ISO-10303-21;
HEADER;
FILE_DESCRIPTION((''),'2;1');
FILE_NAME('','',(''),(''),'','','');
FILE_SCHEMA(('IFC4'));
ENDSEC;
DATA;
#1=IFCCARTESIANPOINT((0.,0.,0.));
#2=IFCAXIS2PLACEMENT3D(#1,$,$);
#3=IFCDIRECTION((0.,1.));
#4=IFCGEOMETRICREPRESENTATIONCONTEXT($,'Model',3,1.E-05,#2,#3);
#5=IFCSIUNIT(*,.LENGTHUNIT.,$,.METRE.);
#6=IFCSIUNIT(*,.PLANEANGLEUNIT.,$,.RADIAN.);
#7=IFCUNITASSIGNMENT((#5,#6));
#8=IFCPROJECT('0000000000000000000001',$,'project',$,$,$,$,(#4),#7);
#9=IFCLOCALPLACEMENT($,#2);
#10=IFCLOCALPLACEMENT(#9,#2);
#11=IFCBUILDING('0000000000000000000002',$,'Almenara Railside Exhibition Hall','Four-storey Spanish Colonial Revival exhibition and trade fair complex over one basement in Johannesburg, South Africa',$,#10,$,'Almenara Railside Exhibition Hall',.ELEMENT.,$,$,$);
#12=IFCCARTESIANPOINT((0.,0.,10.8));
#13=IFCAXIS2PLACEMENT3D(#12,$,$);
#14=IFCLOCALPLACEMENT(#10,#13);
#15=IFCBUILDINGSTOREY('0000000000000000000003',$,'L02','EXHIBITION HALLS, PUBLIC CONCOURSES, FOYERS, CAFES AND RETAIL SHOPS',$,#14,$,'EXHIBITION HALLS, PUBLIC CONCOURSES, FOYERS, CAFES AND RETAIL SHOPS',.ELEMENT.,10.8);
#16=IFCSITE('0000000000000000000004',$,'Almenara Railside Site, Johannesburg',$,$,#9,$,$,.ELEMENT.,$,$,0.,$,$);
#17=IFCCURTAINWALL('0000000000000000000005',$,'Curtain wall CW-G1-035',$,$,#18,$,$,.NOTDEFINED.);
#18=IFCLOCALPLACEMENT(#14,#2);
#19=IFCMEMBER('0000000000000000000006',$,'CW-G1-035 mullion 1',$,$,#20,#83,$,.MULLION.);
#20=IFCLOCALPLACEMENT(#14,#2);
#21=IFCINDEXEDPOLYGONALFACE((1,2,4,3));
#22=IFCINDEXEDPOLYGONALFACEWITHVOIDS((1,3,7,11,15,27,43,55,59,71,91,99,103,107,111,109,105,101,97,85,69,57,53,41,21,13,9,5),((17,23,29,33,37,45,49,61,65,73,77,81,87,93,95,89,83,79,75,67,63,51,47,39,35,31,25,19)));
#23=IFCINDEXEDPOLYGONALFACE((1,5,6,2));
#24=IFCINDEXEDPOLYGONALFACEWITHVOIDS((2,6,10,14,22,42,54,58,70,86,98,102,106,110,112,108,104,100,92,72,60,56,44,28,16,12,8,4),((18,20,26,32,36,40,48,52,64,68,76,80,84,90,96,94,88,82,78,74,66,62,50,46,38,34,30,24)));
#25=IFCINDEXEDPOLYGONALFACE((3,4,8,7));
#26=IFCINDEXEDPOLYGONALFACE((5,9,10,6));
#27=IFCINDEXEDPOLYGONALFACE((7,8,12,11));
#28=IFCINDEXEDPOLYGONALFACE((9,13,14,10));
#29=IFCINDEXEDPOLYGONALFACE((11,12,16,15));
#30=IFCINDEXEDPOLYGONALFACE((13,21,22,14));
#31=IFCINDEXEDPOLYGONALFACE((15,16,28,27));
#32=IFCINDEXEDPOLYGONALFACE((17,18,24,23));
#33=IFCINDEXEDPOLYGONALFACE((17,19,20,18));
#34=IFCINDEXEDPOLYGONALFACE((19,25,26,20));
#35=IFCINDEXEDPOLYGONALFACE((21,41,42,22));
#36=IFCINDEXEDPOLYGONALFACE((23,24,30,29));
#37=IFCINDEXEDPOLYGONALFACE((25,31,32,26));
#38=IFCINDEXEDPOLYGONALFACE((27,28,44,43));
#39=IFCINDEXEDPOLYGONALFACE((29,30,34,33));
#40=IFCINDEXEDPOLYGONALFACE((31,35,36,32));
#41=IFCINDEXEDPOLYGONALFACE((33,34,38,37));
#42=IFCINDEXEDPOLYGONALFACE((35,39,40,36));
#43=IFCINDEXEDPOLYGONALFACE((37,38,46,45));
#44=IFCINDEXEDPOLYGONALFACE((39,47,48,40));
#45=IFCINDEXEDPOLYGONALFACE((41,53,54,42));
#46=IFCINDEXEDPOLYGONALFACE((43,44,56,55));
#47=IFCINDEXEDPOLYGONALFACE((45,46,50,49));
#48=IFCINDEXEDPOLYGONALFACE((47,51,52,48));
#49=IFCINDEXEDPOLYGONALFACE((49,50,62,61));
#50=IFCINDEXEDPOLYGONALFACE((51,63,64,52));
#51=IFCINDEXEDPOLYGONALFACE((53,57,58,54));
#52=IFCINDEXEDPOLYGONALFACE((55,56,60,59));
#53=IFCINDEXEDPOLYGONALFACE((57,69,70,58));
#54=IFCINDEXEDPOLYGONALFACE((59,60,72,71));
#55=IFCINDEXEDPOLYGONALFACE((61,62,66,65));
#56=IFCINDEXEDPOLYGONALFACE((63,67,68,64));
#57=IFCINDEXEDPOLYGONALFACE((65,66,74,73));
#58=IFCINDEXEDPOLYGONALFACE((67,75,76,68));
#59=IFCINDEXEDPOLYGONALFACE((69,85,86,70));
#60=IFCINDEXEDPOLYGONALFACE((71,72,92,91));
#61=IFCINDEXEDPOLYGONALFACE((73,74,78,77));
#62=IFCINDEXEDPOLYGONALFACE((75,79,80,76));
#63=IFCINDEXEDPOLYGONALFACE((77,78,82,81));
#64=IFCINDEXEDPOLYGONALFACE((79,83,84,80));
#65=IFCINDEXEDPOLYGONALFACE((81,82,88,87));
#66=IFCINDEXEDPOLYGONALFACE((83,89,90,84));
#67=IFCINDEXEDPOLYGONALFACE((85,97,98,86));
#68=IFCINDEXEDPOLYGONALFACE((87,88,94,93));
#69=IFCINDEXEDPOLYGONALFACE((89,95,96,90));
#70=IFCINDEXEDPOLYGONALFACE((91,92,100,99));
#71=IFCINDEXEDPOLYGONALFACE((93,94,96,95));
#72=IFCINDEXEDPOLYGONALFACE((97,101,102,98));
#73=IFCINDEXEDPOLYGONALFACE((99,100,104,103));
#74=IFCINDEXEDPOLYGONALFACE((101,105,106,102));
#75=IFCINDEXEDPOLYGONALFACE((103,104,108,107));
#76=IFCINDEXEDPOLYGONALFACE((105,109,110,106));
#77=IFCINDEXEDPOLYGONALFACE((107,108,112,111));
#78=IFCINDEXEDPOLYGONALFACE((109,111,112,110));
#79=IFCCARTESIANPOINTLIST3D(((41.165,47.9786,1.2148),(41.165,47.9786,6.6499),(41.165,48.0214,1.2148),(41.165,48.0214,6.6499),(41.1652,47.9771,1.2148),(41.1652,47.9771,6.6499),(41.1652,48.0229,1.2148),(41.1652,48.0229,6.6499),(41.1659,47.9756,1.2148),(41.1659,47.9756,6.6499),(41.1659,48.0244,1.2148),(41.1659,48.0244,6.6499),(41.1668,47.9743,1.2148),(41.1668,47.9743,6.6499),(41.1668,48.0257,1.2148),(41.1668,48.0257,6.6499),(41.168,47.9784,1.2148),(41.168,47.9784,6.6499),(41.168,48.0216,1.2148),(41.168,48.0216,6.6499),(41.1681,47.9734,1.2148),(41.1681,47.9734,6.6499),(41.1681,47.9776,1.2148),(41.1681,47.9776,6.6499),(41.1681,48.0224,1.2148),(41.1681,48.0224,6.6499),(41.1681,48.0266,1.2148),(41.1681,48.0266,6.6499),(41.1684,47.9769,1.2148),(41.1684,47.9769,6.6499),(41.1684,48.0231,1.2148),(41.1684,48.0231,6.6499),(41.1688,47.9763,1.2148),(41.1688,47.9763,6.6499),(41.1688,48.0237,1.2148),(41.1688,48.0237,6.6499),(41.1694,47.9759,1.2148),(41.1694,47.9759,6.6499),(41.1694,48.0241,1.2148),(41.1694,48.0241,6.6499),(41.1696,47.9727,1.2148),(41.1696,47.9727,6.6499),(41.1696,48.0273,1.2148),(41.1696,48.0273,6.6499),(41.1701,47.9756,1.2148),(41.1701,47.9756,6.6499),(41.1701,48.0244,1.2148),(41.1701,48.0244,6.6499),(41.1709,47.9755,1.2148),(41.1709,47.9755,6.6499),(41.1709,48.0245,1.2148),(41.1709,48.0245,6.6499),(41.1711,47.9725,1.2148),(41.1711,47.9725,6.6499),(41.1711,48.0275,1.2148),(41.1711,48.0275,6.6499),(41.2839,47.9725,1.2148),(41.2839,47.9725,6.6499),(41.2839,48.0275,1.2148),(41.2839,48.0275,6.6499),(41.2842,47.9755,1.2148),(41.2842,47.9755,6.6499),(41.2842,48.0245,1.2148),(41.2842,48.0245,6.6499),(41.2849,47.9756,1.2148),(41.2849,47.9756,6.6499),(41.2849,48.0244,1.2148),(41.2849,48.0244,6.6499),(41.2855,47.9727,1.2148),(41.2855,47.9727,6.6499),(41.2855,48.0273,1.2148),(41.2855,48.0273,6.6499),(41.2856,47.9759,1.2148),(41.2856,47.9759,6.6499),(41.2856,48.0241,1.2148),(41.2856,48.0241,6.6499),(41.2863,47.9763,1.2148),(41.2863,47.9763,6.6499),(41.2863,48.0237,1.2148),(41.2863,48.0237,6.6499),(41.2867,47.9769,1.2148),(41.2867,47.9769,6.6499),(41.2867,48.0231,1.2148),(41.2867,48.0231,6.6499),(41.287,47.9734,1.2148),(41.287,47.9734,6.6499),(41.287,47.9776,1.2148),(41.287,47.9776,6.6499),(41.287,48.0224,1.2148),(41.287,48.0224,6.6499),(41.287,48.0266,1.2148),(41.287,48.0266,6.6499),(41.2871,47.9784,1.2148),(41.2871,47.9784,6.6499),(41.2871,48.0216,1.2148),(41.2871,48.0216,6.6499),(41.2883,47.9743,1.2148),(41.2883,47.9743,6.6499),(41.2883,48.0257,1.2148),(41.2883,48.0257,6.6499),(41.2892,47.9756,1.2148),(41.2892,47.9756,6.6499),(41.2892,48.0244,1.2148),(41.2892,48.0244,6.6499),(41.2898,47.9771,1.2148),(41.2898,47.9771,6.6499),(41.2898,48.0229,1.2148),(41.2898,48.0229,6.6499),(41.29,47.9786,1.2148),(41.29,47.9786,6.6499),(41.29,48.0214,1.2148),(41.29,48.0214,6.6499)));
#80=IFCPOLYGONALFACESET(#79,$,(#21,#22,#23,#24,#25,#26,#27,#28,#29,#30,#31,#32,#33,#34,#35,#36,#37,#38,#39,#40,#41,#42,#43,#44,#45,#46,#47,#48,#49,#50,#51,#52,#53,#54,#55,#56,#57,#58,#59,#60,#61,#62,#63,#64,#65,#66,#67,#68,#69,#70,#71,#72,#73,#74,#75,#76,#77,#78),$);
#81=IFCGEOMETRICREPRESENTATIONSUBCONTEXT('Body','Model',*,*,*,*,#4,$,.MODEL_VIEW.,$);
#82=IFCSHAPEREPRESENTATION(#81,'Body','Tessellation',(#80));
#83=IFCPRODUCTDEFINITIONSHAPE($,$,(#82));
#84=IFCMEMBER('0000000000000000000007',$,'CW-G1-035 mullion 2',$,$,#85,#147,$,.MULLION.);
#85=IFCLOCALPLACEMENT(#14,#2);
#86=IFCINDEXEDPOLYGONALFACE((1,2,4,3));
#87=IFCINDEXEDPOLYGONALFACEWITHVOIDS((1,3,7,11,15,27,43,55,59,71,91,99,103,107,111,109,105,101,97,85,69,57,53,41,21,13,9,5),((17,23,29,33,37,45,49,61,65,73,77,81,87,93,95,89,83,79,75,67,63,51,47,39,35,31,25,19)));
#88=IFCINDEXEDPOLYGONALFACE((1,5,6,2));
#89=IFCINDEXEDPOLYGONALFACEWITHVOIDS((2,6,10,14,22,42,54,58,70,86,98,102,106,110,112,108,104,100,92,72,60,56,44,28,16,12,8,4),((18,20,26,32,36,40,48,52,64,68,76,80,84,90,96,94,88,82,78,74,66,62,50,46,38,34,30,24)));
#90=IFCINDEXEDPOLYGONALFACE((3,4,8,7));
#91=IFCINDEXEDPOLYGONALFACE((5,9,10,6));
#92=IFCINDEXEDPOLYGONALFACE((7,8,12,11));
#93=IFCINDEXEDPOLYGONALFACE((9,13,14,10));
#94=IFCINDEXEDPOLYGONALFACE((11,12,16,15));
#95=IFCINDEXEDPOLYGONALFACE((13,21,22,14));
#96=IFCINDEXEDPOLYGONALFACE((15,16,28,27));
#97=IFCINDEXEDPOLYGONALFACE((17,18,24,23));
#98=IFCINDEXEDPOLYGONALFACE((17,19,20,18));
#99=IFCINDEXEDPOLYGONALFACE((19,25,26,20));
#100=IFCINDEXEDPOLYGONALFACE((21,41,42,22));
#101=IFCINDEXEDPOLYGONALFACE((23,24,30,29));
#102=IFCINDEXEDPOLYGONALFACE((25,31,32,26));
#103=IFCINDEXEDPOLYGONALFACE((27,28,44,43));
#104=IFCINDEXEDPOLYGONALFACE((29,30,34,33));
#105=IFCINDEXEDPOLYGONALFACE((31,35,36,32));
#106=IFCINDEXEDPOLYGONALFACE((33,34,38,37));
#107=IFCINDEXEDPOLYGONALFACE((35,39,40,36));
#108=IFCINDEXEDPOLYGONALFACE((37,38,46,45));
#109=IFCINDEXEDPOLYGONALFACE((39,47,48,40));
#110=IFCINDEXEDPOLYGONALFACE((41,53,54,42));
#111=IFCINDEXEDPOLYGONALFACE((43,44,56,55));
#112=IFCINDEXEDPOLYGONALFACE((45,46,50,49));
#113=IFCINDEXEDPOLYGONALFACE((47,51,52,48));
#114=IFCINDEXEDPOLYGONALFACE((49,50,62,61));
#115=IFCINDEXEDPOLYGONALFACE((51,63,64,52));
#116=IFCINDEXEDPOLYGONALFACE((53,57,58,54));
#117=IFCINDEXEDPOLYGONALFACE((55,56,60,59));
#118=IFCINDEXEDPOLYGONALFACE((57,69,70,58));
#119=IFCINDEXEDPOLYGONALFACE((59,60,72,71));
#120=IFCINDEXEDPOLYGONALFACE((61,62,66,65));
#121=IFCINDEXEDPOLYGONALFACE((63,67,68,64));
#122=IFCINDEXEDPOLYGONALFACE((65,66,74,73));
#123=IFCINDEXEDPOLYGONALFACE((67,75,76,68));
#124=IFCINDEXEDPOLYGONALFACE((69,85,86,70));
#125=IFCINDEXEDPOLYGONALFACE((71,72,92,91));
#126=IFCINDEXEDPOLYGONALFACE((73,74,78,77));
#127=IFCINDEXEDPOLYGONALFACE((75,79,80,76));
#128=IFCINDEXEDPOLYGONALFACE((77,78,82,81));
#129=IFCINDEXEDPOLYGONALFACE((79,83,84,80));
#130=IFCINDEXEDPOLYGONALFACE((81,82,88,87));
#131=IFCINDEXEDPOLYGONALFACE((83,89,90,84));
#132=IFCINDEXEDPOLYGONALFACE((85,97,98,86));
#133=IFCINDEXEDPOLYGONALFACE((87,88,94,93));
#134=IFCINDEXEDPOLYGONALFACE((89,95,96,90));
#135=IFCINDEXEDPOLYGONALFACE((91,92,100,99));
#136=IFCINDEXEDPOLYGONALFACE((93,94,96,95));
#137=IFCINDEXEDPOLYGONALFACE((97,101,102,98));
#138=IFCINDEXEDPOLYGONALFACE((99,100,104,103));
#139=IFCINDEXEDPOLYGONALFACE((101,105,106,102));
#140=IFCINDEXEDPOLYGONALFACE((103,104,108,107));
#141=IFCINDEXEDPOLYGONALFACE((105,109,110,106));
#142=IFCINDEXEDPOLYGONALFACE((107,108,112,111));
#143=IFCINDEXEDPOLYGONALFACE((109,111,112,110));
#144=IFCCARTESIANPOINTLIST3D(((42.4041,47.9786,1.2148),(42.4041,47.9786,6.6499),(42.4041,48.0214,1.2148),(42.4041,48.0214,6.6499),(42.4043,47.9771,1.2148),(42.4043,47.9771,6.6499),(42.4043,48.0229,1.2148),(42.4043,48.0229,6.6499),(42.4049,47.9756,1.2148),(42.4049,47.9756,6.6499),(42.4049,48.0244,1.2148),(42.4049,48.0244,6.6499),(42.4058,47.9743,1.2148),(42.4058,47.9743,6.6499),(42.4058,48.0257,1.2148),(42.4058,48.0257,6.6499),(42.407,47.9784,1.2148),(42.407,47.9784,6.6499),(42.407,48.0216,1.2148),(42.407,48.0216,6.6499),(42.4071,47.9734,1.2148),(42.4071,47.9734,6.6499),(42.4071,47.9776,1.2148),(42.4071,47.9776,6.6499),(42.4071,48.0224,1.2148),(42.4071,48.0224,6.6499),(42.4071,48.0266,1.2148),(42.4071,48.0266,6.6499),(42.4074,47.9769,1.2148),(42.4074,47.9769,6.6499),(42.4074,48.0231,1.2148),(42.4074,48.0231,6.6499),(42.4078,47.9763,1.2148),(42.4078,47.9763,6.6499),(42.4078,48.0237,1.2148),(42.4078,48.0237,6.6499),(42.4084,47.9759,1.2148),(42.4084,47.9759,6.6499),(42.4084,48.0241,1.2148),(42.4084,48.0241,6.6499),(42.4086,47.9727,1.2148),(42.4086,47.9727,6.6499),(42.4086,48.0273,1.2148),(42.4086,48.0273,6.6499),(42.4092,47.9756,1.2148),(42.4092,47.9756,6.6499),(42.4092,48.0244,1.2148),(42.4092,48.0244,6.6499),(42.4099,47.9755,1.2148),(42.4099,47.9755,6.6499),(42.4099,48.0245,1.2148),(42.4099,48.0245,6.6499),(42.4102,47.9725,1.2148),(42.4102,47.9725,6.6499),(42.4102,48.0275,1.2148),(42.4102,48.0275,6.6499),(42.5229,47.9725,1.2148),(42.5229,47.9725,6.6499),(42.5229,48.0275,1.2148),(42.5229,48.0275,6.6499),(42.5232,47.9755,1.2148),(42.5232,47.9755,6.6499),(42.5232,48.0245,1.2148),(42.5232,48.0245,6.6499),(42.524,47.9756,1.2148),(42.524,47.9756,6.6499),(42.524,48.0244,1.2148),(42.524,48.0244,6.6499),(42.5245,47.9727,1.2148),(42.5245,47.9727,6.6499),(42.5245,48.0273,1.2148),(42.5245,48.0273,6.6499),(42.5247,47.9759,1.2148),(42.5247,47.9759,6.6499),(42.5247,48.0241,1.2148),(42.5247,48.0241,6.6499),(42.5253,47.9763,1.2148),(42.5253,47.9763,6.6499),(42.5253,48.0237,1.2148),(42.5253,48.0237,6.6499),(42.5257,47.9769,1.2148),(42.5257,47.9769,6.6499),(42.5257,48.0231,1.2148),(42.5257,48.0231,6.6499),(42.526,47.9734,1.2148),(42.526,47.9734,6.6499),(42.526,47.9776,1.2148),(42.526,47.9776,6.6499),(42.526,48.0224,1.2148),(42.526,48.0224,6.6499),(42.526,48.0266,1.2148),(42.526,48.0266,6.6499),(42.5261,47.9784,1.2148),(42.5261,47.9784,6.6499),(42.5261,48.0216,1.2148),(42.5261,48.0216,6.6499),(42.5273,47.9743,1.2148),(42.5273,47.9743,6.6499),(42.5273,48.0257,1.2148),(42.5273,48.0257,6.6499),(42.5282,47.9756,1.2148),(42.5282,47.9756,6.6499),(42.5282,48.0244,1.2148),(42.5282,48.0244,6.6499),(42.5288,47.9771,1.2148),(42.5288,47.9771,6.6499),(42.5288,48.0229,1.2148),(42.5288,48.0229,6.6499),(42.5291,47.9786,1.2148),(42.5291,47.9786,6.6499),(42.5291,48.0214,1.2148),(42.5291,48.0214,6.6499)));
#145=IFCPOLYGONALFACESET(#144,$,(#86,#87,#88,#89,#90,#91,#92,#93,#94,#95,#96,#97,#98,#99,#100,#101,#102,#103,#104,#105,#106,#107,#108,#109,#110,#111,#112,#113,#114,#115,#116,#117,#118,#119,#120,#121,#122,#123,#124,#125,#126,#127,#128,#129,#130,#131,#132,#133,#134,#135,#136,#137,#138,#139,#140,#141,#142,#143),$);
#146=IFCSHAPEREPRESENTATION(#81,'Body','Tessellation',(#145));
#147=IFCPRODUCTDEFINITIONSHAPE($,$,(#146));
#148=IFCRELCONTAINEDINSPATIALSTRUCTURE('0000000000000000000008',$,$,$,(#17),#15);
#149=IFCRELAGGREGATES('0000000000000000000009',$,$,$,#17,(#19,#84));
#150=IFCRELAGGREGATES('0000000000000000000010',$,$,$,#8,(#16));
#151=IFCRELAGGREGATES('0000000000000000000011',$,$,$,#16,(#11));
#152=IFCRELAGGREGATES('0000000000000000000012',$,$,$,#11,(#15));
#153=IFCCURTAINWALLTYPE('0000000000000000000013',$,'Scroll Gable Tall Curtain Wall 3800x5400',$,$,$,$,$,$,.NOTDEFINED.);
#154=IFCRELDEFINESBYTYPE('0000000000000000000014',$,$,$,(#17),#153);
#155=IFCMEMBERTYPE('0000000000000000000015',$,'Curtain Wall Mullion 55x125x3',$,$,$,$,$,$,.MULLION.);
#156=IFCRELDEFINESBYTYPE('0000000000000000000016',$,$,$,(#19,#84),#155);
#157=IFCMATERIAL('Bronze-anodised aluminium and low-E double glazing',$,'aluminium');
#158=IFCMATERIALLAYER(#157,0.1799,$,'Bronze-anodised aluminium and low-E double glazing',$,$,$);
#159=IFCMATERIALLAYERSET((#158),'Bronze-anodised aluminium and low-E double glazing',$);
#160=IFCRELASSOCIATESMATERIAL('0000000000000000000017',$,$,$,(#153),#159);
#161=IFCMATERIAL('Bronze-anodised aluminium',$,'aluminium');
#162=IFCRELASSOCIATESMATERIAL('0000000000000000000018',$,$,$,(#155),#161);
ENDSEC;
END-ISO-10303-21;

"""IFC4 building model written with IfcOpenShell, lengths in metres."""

from ifc_helpers import new_model, si_unit, direction, frame, origin, origin_2d, place, context, subcontext, project, spatial, hollow_rectangle, extrude, material, layer, layer_set, material_profile, profile_set, type_object, element, aggregate, save


model = new_model("IFC4")

# Units and contexts
model_context = context("Model", 3, precision=1e-05, world=origin(), true_north=direction((0.0, 1.0)))
body_context = subcontext(model_context, "Body", "Model", "MODEL_VIEW")
ifc_project = project(units=[si_unit("LENGTHUNIT", "METRE"), si_unit("PLANEANGLEUNIT", "RADIAN")], contexts=[model_context])

# Site, building, storey
site_placement = place(None, origin())
site = spatial("IfcSite", under=ifc_project, at=site_placement, Name="Almenara Railside Site, Johannesburg", CompositionType="ELEMENT", RefElevation=0.0)
building_placement = place(site_placement, origin())
building = spatial("IfcBuilding", under=site, at=building_placement, Name="Almenara Railside Exhibition Hall", Description="Four-storey Spanish Colonial Revival exhibition and trade fair complex over one basement in Johannesburg, South Africa", LongName="Almenara Railside Exhibition Hall", CompositionType="ELEMENT")
storey_placement = place(building_placement, frame((0.0, 0.0, 10.8)))
storey = spatial("IfcBuildingStorey", under=building, at=storey_placement, Name="L02", Description="EXHIBITION HALLS, PUBLIC CONCOURSES, FOYERS, CAFES AND RETAIL SHOPS", LongName="EXHIBITION HALLS, PUBLIC CONCOURSES, FOYERS, CAFES AND RETAIL SHOPS", CompositionType="ELEMENT", Elevation=10.8)

# Curtain wall, members
ifc_material_1 = material(Name="Bronze-anodised aluminium and low-E double glazing", Category="aluminium")
ifc_layer_1 = layer(ifc_material_1, 0.1799, Name="Bronze-anodised aluminium and low-E double glazing")
ifc_layer_set_1 = layer_set([ifc_layer_1], Name="Bronze-anodised aluminium and low-E double glazing")
curtain_wall_type = type_object("IfcCurtainWallType", Name="Scroll Gable Tall Curtain Wall 3800x5400", PredefinedType="NOTDEFINED", material=ifc_layer_set_1)
curtain_wall_1_placement = place(storey_placement, origin())
curtain_wall_1 = element("IfcCurtainWall", 1, at=curtain_wall_1_placement, inside=storey, type_object=curtain_wall_type, Name="Curtain wall CW-G1-035", PredefinedType="NOTDEFINED")
ifc_material_2 = material(Name="Bronze-anodised aluminium", Category="aluminium")
ifc_material_profile_1 = material_profile(ifc_material_2, hollow_rectangle(XDim=0.0549, YDim=0.125, WallThickness=0.0029, InnerFilletRadius=0.0029, OuterFilletRadius=0.0061, at=origin_2d()), Name="ALU-MUL 55x125x3")
ifc_profile_set_1 = profile_set([ifc_material_profile_1], Name="Bronze-anodised aluminium")
member_type_1 = type_object("IfcMemberType", Name="Curtain Wall Mullion 55x125x3", PredefinedType="MULLION", material=ifc_profile_set_1)
member_1_placement = place(storey_placement, frame((41.2275, 48.0, 1.2148), z_axis=(0.0, 0.0, 1.0), x_axis=(0.0, 1.0, 0.0)))
member_1 = element("IfcMember", 2, at=member_1_placement, type_object=member_type_1, Name="CW-G1-035 mullion 1", PredefinedType="MULLION", context=body_context, shape_type="SweptSolid", body=[
    extrude(hollow_rectangle(XDim=0.0549, YDim=0.125, WallThickness=0.0029, InnerFilletRadius=0.0029, OuterFilletRadius=0.0061, at=origin_2d()), origin(), (0.0, 0.0, 1.0), 5.4351),
])
member_2_placement = place(storey_placement, frame((42.4666, 48.0, 1.2148), z_axis=(0.0, 0.0, 1.0), x_axis=(0.0, 1.0, 0.0)))
member_2 = element("IfcMember", 3, at=member_2_placement, type_object=member_type_1, Name="CW-G1-035 mullion 2", PredefinedType="MULLION", context=body_context, shape_type="SweptSolid", body=[
    extrude(hollow_rectangle(XDim=0.0549, YDim=0.125, WallThickness=0.0029, InnerFilletRadius=0.0029, OuterFilletRadius=0.0061, at=origin_2d()), origin(), (0.0, 0.0, 1.0), 5.4351),
])

aggregate(curtain_wall_1, [member_1, member_2])

save(model, "model.ifc")
